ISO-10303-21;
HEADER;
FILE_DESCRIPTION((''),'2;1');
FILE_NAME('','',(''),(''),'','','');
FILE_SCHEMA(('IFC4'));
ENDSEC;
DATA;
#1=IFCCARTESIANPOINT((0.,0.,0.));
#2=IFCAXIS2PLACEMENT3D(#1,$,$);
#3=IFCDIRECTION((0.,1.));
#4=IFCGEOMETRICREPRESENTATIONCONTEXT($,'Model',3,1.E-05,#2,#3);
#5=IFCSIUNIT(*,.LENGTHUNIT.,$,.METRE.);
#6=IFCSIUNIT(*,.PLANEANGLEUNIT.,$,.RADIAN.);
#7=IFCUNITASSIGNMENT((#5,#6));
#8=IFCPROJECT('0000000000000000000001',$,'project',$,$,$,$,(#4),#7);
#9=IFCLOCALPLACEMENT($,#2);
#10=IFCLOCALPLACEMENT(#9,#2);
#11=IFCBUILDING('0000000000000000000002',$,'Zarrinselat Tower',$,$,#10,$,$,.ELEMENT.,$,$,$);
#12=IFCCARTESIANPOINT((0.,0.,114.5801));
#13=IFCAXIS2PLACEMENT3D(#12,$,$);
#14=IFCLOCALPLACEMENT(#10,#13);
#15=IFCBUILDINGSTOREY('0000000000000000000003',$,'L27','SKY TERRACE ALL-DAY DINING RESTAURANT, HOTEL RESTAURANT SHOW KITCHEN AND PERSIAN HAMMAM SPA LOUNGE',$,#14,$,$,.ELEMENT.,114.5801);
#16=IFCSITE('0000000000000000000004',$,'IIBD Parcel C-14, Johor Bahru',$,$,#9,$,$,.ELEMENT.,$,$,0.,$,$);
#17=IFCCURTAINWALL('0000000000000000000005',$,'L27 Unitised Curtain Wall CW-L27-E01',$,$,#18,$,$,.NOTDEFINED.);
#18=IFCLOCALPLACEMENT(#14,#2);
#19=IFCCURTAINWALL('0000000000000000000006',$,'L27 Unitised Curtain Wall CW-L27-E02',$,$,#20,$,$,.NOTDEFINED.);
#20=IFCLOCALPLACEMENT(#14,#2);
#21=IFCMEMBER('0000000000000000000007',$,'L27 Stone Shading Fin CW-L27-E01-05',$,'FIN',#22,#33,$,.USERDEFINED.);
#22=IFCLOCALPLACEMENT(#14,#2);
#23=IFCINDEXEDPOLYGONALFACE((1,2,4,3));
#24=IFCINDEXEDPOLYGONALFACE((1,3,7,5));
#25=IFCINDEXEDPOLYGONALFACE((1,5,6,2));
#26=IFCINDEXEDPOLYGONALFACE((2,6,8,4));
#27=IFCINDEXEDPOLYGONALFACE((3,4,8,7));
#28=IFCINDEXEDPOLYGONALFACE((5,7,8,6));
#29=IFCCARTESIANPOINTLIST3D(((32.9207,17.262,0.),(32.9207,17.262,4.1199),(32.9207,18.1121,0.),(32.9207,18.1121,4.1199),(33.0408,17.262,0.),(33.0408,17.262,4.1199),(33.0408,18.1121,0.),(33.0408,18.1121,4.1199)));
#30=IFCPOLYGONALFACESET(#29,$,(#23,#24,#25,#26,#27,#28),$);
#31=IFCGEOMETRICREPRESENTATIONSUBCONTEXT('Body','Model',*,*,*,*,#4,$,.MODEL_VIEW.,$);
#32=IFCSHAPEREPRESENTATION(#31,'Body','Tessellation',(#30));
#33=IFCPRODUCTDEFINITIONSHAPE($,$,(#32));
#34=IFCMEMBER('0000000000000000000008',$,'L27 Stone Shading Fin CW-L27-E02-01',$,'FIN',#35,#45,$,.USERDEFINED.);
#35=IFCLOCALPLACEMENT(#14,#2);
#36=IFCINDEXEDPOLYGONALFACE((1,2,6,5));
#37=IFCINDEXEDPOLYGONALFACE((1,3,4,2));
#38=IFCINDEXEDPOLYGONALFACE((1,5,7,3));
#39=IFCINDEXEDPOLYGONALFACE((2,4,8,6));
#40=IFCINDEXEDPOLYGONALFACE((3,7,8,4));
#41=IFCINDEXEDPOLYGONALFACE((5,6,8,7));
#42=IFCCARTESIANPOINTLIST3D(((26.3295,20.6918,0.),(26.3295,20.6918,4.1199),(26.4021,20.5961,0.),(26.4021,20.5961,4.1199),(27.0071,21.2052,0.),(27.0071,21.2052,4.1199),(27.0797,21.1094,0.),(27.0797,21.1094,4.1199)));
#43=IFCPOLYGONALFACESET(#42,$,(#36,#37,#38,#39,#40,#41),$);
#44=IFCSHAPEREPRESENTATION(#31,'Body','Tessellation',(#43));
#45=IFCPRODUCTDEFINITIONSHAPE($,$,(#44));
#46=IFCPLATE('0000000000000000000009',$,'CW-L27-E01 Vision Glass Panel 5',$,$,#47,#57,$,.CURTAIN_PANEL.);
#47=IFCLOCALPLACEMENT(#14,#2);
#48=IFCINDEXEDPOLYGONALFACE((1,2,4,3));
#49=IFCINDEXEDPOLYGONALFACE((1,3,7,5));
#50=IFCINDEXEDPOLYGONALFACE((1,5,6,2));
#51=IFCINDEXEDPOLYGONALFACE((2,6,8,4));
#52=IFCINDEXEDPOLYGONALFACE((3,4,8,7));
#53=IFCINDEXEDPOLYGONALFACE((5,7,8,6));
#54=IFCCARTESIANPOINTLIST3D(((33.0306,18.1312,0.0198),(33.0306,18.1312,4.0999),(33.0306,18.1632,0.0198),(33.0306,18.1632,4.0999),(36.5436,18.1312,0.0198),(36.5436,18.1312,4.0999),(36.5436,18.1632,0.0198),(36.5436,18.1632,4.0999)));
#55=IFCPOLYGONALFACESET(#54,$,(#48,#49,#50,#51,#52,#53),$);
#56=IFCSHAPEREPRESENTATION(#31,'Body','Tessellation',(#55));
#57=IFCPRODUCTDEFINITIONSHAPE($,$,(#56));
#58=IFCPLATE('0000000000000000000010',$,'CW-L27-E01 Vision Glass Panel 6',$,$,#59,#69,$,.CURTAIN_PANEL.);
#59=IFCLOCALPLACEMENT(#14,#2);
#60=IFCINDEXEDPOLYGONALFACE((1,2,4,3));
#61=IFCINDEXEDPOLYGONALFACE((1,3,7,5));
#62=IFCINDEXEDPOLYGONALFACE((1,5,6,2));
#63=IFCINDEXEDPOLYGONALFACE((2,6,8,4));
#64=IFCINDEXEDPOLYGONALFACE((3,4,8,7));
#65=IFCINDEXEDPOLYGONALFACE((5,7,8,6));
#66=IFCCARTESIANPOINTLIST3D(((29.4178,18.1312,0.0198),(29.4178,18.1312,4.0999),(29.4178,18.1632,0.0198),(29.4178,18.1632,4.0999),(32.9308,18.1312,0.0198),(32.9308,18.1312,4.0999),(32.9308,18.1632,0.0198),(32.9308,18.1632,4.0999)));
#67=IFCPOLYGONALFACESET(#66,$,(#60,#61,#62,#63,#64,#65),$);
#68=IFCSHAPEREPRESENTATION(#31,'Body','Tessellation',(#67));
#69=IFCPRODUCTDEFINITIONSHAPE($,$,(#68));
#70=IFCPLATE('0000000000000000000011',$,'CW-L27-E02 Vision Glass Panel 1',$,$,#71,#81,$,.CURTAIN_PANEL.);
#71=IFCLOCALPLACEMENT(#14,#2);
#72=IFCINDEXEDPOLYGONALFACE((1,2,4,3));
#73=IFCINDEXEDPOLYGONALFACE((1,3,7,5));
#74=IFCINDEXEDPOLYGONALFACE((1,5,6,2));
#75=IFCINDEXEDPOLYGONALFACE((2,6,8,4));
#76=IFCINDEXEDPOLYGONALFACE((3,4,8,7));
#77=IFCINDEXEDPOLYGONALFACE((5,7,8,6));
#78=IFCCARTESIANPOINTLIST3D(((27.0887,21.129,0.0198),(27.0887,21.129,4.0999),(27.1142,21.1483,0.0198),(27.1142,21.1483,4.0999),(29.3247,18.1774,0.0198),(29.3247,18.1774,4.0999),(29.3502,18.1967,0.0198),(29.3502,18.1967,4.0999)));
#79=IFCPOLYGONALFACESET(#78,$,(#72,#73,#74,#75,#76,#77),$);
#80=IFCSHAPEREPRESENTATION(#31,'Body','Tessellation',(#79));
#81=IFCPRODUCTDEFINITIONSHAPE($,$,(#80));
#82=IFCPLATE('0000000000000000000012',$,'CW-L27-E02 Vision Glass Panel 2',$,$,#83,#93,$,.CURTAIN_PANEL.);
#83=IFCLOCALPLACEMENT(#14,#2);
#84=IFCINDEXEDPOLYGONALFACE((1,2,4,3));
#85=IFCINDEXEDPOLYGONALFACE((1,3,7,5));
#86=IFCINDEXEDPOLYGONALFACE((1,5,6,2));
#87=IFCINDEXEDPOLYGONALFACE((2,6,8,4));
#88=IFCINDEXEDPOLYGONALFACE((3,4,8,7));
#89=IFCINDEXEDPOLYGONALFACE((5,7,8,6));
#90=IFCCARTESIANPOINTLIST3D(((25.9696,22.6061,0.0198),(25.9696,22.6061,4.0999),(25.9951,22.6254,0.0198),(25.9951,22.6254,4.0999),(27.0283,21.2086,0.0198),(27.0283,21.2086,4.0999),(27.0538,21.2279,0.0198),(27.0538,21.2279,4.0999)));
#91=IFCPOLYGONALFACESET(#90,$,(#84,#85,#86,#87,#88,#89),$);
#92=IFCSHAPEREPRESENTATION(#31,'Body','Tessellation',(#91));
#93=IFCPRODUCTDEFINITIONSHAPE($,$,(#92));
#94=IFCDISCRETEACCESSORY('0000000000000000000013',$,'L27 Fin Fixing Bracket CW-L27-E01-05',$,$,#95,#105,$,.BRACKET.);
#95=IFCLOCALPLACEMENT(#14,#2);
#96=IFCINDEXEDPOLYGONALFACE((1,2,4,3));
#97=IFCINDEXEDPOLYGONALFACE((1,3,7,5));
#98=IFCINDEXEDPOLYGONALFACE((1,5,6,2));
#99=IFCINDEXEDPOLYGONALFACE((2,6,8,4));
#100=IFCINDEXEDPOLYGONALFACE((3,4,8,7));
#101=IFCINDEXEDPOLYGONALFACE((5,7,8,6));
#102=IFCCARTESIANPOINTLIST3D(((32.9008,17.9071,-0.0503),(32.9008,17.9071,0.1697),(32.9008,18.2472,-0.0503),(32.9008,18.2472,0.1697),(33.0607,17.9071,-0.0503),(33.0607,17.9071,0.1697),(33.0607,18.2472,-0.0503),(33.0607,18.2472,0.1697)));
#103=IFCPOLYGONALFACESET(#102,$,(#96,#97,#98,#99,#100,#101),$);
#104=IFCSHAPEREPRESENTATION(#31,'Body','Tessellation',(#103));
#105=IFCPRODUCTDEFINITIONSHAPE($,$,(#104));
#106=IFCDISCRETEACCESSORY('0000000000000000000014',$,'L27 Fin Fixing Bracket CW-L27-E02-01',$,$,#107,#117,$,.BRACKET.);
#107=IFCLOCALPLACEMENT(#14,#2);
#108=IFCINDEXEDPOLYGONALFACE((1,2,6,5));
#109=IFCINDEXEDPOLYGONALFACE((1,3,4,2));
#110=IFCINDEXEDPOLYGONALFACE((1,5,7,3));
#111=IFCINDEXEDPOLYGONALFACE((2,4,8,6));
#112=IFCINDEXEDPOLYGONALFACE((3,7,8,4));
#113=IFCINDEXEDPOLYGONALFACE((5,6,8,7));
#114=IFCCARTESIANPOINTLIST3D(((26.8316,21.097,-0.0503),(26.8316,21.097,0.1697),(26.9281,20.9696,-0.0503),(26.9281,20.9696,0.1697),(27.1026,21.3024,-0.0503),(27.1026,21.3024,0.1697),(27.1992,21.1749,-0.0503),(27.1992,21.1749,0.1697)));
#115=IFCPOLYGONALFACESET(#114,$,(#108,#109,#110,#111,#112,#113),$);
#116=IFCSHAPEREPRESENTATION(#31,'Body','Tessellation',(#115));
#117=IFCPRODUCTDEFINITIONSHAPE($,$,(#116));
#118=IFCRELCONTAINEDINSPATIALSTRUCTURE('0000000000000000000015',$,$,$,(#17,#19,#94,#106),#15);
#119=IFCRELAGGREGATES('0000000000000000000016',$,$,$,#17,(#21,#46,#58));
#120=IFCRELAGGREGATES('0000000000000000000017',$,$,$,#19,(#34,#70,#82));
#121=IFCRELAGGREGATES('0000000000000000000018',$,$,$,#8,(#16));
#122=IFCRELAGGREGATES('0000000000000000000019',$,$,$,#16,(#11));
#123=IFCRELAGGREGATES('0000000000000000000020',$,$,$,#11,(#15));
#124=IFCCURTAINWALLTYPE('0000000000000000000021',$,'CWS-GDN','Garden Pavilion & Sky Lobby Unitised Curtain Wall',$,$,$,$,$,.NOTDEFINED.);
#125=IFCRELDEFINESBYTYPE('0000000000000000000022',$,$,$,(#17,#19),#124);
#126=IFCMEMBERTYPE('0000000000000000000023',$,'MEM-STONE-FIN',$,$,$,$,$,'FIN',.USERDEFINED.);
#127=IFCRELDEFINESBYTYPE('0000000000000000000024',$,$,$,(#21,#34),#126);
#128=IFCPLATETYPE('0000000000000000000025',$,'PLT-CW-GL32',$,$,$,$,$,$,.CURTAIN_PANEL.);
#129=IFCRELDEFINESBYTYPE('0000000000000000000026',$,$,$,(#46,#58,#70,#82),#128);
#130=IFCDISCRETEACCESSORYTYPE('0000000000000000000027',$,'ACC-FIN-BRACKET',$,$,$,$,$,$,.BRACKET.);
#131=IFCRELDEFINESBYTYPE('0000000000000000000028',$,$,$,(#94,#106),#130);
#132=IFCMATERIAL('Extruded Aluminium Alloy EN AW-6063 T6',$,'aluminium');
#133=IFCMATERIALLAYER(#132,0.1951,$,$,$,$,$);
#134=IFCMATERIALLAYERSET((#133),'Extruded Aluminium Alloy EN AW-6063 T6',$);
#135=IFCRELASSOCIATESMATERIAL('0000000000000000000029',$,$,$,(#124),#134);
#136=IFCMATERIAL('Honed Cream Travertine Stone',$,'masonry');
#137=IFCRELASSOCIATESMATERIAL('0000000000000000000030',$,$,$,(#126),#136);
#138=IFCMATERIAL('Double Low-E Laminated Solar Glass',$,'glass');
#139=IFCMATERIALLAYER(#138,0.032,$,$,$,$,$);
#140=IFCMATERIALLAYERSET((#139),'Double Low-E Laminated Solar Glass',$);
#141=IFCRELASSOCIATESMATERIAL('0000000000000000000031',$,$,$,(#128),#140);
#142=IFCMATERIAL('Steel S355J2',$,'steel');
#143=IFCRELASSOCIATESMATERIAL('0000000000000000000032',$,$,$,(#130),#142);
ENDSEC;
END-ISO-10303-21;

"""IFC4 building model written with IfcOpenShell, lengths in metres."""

from ifc_helpers import new_model, si_unit, direction, frame, origin, origin_2d, place, context, subcontext, project, spatial, rectangle, extrude, material, layer, layer_set, material_profile, profile_set, type_object, element, aggregate, save


model = new_model("IFC4")

# Units and contexts
model_context = context("Model", 3, precision=1e-05, world=origin(), true_north=direction((0.0, 1.0)))
body_context = subcontext(model_context, "Body", "Model", "MODEL_VIEW")
ifc_project = project(units=[si_unit("LENGTHUNIT", "METRE"), si_unit("PLANEANGLEUNIT", "RADIAN")], contexts=[model_context])

# Site, building, storey
site_placement = place(None, origin())
site = spatial("IfcSite", under=ifc_project, at=site_placement, Name="IIBD Parcel C-14, Johor Bahru", CompositionType="ELEMENT", RefElevation=0.0)
building_placement = place(site_placement, origin())
building = spatial("IfcBuilding", under=site, at=building_placement, Name="Zarrinselat Tower", CompositionType="ELEMENT")
storey_placement = place(building_placement, frame((0.0, 0.0, 114.5801)))
storey = spatial("IfcBuildingStorey", under=building, at=storey_placement, Name="L27", Description="SKY TERRACE ALL-DAY DINING RESTAURANT, HOTEL RESTAURANT SHOW KITCHEN AND PERSIAN HAMMAM SPA LOUNGE", CompositionType="ELEMENT", Elevation=114.5801)

# Curtain walls
ifc_material_1 = material(Name="Extruded Aluminium Alloy EN AW-6063 T6", Category="aluminium")
ifc_layer_1 = layer(ifc_material_1, 0.1951)
ifc_layer_set_1 = layer_set([ifc_layer_1], Name="Extruded Aluminium Alloy EN AW-6063 T6")
curtain_wall_type = type_object("IfcCurtainWallType", Name="CWS-GDN", Description="Garden Pavilion & Sky Lobby Unitised Curtain Wall", PredefinedType="NOTDEFINED", material=ifc_layer_set_1)
curtain_wall_1_placement = place(storey_placement, origin())
curtain_wall_1 = element("IfcCurtainWall", 1, at=curtain_wall_1_placement, inside=storey, type_object=curtain_wall_type, Name="L27 Unitised Curtain Wall CW-L27-E01", PredefinedType="NOTDEFINED")
curtain_wall_2_placement = place(storey_placement, origin())
curtain_wall_2 = element("IfcCurtainWall", 2, at=curtain_wall_2_placement, inside=storey, type_object=curtain_wall_type, Name="L27 Unitised Curtain Wall CW-L27-E02", PredefinedType="NOTDEFINED")

# Members
ifc_material_2 = material(Name="Honed Cream Travertine Stone", Category="masonry")
ifc_material_profile_1 = material_profile(ifc_material_2, rectangle(XDim=0.1201, YDim=0.8501, at=origin_2d()), Name="FIN 850x120")
ifc_profile_set_1 = profile_set([ifc_material_profile_1], Name="Honed Cream Travertine Stone")
member_type_1 = type_object("IfcMemberType", Name="MEM-STONE-FIN", ElementType="FIN", PredefinedType="USERDEFINED", material=ifc_profile_set_1)
member_1_placement = place(storey_placement, frame((32.9807, 17.687, 0.0), z_axis=(0.0, 0.0, 1.0), x_axis=(-1.0, 0.0, 0.0)))
member_1 = element("IfcMember", 3, at=member_1_placement, type_object=member_type_1, Name="L27 Stone Shading Fin CW-L27-E01-05", ObjectType="FIN", PredefinedType="USERDEFINED", context=body_context, shape_type="SweptSolid", body=[
    extrude(rectangle(XDim=0.1201, YDim=0.8501, at=origin_2d()), origin(), (0.0, 0.0, 1.0), 4.1199),
])
member_2_placement = place(storey_placement, frame((26.7046, 20.9006, 0.0), z_axis=(0.0, 0.0, 1.0), x_axis=(-0.603858, 0.797092, 0.0)))
member_2 = element("IfcMember", 4, at=member_2_placement, type_object=member_type_1, Name="L27 Stone Shading Fin CW-L27-E02-01", ObjectType="FIN", PredefinedType="USERDEFINED", context=body_context, shape_type="SweptSolid", body=[
    extrude(rectangle(XDim=0.1201, YDim=0.8501, at=origin_2d()), origin(), (0.0, 0.0, 1.0), 4.1199),
])

# Plates
ifc_material_3 = material(Name="Double Low-E Laminated Solar Glass", Category="glass")
ifc_layer_2 = layer(ifc_material_3, 0.032)
ifc_layer_set_2 = layer_set([ifc_layer_2], Name="Double Low-E Laminated Solar Glass")
plate_type = type_object("IfcPlateType", Name="PLT-CW-GL32", PredefinedType="CURTAIN_PANEL", material=ifc_layer_set_2)
plate_1_placement = place(storey_placement, frame((34.7871, 18.1472, 0.0198), z_axis=(0.0, 0.0, 1.0), x_axis=(-1.0, 0.0, 0.0)))
plate_1 = element("IfcPlate", 5, at=plate_1_placement, type_object=plate_type, Name="CW-L27-E01 Vision Glass Panel 5", PredefinedType="CURTAIN_PANEL", context=body_context, shape_type="SweptSolid", body=[
    extrude(rectangle(XDim=3.5129, YDim=0.032, at=origin_2d()), origin(), (0.0, 0.0, 1.0), 4.0801),
])
plate_2_placement = place(storey_placement, frame((31.1743, 18.1472, 0.0198), z_axis=(0.0, 0.0, 1.0), x_axis=(-1.0, 0.0, 0.0)))
plate_2 = element("IfcPlate", 6, at=plate_2_placement, type_object=plate_type, Name="CW-L27-E01 Vision Glass Panel 6", PredefinedType="CURTAIN_PANEL", context=body_context, shape_type="SweptSolid", body=[
    extrude(rectangle(XDim=3.5129, YDim=0.032, at=origin_2d()), origin(), (0.0, 0.0, 1.0), 4.0801),
])
aggregate(curtain_wall_1, [member_1, plate_1, plate_2])
plate_3_placement = place(storey_placement, frame((28.2195, 19.6628, 0.0198), z_axis=(0.0, 0.0, 1.0), x_axis=(-0.603858, 0.797092, 0.0)))
plate_3 = element("IfcPlate", 7, at=plate_3_placement, type_object=plate_type, Name="CW-L27-E02 Vision Glass Panel 1", PredefinedType="CURTAIN_PANEL", context=body_context, shape_type="SweptSolid", body=[
    extrude(rectangle(XDim=3.7029, YDim=0.032, at=origin_2d()), origin(), (0.0, 0.0, 1.0), 4.0801),
])
plate_4_placement = place(storey_placement, frame((26.5117, 21.917, 0.0198), z_axis=(0.0, 0.0, 1.0), x_axis=(-0.603858, 0.797092, 0.0)))
plate_4 = element("IfcPlate", 8, at=plate_4_placement, type_object=plate_type, Name="CW-L27-E02 Vision Glass Panel 2", PredefinedType="CURTAIN_PANEL", context=body_context, shape_type="SweptSolid", body=[
    extrude(rectangle(XDim=1.7532, YDim=0.032, at=origin_2d()), origin(), (0.0, 0.0, 1.0), 4.0801),
])
aggregate(curtain_wall_2, [member_2, plate_3, plate_4])

# Discrete accessories
ifc_material_4 = material(Name="Steel S355J2", Category="steel")
discrete_accessory_type = type_object("IfcDiscreteAccessoryType", Name="ACC-FIN-BRACKET", PredefinedType="BRACKET", material=ifc_material_4)
for number, where, z_axis, x_axis, name in (
    (9, (32.9807, 18.0771, -0.0503), (0.0, 0.0, 1.0), (0.0, -1.0, 0.0), "L27 Fin Fixing Bracket CW-L27-E01-05"),
    (10, (27.0154, 21.136, -0.0503), (0.0, 0.0, 1.0), (-0.797092, -0.603858, 0.0), "L27 Fin Fixing Bracket CW-L27-E02-01"),
):
    element("IfcDiscreteAccessory", number, at=place(storey_placement, frame(where, z_axis=z_axis, x_axis=x_axis)), inside=storey, type_object=discrete_accessory_type, Name=name, PredefinedType="BRACKET", context=body_context, shape_type="SweptSolid", body=[
        extrude(rectangle(XDim=0.3401, YDim=0.1599, at=origin_2d()), origin(), (0.0, 0.0, 1.0), 0.22),
    ])

save(model, "model.ifc")
